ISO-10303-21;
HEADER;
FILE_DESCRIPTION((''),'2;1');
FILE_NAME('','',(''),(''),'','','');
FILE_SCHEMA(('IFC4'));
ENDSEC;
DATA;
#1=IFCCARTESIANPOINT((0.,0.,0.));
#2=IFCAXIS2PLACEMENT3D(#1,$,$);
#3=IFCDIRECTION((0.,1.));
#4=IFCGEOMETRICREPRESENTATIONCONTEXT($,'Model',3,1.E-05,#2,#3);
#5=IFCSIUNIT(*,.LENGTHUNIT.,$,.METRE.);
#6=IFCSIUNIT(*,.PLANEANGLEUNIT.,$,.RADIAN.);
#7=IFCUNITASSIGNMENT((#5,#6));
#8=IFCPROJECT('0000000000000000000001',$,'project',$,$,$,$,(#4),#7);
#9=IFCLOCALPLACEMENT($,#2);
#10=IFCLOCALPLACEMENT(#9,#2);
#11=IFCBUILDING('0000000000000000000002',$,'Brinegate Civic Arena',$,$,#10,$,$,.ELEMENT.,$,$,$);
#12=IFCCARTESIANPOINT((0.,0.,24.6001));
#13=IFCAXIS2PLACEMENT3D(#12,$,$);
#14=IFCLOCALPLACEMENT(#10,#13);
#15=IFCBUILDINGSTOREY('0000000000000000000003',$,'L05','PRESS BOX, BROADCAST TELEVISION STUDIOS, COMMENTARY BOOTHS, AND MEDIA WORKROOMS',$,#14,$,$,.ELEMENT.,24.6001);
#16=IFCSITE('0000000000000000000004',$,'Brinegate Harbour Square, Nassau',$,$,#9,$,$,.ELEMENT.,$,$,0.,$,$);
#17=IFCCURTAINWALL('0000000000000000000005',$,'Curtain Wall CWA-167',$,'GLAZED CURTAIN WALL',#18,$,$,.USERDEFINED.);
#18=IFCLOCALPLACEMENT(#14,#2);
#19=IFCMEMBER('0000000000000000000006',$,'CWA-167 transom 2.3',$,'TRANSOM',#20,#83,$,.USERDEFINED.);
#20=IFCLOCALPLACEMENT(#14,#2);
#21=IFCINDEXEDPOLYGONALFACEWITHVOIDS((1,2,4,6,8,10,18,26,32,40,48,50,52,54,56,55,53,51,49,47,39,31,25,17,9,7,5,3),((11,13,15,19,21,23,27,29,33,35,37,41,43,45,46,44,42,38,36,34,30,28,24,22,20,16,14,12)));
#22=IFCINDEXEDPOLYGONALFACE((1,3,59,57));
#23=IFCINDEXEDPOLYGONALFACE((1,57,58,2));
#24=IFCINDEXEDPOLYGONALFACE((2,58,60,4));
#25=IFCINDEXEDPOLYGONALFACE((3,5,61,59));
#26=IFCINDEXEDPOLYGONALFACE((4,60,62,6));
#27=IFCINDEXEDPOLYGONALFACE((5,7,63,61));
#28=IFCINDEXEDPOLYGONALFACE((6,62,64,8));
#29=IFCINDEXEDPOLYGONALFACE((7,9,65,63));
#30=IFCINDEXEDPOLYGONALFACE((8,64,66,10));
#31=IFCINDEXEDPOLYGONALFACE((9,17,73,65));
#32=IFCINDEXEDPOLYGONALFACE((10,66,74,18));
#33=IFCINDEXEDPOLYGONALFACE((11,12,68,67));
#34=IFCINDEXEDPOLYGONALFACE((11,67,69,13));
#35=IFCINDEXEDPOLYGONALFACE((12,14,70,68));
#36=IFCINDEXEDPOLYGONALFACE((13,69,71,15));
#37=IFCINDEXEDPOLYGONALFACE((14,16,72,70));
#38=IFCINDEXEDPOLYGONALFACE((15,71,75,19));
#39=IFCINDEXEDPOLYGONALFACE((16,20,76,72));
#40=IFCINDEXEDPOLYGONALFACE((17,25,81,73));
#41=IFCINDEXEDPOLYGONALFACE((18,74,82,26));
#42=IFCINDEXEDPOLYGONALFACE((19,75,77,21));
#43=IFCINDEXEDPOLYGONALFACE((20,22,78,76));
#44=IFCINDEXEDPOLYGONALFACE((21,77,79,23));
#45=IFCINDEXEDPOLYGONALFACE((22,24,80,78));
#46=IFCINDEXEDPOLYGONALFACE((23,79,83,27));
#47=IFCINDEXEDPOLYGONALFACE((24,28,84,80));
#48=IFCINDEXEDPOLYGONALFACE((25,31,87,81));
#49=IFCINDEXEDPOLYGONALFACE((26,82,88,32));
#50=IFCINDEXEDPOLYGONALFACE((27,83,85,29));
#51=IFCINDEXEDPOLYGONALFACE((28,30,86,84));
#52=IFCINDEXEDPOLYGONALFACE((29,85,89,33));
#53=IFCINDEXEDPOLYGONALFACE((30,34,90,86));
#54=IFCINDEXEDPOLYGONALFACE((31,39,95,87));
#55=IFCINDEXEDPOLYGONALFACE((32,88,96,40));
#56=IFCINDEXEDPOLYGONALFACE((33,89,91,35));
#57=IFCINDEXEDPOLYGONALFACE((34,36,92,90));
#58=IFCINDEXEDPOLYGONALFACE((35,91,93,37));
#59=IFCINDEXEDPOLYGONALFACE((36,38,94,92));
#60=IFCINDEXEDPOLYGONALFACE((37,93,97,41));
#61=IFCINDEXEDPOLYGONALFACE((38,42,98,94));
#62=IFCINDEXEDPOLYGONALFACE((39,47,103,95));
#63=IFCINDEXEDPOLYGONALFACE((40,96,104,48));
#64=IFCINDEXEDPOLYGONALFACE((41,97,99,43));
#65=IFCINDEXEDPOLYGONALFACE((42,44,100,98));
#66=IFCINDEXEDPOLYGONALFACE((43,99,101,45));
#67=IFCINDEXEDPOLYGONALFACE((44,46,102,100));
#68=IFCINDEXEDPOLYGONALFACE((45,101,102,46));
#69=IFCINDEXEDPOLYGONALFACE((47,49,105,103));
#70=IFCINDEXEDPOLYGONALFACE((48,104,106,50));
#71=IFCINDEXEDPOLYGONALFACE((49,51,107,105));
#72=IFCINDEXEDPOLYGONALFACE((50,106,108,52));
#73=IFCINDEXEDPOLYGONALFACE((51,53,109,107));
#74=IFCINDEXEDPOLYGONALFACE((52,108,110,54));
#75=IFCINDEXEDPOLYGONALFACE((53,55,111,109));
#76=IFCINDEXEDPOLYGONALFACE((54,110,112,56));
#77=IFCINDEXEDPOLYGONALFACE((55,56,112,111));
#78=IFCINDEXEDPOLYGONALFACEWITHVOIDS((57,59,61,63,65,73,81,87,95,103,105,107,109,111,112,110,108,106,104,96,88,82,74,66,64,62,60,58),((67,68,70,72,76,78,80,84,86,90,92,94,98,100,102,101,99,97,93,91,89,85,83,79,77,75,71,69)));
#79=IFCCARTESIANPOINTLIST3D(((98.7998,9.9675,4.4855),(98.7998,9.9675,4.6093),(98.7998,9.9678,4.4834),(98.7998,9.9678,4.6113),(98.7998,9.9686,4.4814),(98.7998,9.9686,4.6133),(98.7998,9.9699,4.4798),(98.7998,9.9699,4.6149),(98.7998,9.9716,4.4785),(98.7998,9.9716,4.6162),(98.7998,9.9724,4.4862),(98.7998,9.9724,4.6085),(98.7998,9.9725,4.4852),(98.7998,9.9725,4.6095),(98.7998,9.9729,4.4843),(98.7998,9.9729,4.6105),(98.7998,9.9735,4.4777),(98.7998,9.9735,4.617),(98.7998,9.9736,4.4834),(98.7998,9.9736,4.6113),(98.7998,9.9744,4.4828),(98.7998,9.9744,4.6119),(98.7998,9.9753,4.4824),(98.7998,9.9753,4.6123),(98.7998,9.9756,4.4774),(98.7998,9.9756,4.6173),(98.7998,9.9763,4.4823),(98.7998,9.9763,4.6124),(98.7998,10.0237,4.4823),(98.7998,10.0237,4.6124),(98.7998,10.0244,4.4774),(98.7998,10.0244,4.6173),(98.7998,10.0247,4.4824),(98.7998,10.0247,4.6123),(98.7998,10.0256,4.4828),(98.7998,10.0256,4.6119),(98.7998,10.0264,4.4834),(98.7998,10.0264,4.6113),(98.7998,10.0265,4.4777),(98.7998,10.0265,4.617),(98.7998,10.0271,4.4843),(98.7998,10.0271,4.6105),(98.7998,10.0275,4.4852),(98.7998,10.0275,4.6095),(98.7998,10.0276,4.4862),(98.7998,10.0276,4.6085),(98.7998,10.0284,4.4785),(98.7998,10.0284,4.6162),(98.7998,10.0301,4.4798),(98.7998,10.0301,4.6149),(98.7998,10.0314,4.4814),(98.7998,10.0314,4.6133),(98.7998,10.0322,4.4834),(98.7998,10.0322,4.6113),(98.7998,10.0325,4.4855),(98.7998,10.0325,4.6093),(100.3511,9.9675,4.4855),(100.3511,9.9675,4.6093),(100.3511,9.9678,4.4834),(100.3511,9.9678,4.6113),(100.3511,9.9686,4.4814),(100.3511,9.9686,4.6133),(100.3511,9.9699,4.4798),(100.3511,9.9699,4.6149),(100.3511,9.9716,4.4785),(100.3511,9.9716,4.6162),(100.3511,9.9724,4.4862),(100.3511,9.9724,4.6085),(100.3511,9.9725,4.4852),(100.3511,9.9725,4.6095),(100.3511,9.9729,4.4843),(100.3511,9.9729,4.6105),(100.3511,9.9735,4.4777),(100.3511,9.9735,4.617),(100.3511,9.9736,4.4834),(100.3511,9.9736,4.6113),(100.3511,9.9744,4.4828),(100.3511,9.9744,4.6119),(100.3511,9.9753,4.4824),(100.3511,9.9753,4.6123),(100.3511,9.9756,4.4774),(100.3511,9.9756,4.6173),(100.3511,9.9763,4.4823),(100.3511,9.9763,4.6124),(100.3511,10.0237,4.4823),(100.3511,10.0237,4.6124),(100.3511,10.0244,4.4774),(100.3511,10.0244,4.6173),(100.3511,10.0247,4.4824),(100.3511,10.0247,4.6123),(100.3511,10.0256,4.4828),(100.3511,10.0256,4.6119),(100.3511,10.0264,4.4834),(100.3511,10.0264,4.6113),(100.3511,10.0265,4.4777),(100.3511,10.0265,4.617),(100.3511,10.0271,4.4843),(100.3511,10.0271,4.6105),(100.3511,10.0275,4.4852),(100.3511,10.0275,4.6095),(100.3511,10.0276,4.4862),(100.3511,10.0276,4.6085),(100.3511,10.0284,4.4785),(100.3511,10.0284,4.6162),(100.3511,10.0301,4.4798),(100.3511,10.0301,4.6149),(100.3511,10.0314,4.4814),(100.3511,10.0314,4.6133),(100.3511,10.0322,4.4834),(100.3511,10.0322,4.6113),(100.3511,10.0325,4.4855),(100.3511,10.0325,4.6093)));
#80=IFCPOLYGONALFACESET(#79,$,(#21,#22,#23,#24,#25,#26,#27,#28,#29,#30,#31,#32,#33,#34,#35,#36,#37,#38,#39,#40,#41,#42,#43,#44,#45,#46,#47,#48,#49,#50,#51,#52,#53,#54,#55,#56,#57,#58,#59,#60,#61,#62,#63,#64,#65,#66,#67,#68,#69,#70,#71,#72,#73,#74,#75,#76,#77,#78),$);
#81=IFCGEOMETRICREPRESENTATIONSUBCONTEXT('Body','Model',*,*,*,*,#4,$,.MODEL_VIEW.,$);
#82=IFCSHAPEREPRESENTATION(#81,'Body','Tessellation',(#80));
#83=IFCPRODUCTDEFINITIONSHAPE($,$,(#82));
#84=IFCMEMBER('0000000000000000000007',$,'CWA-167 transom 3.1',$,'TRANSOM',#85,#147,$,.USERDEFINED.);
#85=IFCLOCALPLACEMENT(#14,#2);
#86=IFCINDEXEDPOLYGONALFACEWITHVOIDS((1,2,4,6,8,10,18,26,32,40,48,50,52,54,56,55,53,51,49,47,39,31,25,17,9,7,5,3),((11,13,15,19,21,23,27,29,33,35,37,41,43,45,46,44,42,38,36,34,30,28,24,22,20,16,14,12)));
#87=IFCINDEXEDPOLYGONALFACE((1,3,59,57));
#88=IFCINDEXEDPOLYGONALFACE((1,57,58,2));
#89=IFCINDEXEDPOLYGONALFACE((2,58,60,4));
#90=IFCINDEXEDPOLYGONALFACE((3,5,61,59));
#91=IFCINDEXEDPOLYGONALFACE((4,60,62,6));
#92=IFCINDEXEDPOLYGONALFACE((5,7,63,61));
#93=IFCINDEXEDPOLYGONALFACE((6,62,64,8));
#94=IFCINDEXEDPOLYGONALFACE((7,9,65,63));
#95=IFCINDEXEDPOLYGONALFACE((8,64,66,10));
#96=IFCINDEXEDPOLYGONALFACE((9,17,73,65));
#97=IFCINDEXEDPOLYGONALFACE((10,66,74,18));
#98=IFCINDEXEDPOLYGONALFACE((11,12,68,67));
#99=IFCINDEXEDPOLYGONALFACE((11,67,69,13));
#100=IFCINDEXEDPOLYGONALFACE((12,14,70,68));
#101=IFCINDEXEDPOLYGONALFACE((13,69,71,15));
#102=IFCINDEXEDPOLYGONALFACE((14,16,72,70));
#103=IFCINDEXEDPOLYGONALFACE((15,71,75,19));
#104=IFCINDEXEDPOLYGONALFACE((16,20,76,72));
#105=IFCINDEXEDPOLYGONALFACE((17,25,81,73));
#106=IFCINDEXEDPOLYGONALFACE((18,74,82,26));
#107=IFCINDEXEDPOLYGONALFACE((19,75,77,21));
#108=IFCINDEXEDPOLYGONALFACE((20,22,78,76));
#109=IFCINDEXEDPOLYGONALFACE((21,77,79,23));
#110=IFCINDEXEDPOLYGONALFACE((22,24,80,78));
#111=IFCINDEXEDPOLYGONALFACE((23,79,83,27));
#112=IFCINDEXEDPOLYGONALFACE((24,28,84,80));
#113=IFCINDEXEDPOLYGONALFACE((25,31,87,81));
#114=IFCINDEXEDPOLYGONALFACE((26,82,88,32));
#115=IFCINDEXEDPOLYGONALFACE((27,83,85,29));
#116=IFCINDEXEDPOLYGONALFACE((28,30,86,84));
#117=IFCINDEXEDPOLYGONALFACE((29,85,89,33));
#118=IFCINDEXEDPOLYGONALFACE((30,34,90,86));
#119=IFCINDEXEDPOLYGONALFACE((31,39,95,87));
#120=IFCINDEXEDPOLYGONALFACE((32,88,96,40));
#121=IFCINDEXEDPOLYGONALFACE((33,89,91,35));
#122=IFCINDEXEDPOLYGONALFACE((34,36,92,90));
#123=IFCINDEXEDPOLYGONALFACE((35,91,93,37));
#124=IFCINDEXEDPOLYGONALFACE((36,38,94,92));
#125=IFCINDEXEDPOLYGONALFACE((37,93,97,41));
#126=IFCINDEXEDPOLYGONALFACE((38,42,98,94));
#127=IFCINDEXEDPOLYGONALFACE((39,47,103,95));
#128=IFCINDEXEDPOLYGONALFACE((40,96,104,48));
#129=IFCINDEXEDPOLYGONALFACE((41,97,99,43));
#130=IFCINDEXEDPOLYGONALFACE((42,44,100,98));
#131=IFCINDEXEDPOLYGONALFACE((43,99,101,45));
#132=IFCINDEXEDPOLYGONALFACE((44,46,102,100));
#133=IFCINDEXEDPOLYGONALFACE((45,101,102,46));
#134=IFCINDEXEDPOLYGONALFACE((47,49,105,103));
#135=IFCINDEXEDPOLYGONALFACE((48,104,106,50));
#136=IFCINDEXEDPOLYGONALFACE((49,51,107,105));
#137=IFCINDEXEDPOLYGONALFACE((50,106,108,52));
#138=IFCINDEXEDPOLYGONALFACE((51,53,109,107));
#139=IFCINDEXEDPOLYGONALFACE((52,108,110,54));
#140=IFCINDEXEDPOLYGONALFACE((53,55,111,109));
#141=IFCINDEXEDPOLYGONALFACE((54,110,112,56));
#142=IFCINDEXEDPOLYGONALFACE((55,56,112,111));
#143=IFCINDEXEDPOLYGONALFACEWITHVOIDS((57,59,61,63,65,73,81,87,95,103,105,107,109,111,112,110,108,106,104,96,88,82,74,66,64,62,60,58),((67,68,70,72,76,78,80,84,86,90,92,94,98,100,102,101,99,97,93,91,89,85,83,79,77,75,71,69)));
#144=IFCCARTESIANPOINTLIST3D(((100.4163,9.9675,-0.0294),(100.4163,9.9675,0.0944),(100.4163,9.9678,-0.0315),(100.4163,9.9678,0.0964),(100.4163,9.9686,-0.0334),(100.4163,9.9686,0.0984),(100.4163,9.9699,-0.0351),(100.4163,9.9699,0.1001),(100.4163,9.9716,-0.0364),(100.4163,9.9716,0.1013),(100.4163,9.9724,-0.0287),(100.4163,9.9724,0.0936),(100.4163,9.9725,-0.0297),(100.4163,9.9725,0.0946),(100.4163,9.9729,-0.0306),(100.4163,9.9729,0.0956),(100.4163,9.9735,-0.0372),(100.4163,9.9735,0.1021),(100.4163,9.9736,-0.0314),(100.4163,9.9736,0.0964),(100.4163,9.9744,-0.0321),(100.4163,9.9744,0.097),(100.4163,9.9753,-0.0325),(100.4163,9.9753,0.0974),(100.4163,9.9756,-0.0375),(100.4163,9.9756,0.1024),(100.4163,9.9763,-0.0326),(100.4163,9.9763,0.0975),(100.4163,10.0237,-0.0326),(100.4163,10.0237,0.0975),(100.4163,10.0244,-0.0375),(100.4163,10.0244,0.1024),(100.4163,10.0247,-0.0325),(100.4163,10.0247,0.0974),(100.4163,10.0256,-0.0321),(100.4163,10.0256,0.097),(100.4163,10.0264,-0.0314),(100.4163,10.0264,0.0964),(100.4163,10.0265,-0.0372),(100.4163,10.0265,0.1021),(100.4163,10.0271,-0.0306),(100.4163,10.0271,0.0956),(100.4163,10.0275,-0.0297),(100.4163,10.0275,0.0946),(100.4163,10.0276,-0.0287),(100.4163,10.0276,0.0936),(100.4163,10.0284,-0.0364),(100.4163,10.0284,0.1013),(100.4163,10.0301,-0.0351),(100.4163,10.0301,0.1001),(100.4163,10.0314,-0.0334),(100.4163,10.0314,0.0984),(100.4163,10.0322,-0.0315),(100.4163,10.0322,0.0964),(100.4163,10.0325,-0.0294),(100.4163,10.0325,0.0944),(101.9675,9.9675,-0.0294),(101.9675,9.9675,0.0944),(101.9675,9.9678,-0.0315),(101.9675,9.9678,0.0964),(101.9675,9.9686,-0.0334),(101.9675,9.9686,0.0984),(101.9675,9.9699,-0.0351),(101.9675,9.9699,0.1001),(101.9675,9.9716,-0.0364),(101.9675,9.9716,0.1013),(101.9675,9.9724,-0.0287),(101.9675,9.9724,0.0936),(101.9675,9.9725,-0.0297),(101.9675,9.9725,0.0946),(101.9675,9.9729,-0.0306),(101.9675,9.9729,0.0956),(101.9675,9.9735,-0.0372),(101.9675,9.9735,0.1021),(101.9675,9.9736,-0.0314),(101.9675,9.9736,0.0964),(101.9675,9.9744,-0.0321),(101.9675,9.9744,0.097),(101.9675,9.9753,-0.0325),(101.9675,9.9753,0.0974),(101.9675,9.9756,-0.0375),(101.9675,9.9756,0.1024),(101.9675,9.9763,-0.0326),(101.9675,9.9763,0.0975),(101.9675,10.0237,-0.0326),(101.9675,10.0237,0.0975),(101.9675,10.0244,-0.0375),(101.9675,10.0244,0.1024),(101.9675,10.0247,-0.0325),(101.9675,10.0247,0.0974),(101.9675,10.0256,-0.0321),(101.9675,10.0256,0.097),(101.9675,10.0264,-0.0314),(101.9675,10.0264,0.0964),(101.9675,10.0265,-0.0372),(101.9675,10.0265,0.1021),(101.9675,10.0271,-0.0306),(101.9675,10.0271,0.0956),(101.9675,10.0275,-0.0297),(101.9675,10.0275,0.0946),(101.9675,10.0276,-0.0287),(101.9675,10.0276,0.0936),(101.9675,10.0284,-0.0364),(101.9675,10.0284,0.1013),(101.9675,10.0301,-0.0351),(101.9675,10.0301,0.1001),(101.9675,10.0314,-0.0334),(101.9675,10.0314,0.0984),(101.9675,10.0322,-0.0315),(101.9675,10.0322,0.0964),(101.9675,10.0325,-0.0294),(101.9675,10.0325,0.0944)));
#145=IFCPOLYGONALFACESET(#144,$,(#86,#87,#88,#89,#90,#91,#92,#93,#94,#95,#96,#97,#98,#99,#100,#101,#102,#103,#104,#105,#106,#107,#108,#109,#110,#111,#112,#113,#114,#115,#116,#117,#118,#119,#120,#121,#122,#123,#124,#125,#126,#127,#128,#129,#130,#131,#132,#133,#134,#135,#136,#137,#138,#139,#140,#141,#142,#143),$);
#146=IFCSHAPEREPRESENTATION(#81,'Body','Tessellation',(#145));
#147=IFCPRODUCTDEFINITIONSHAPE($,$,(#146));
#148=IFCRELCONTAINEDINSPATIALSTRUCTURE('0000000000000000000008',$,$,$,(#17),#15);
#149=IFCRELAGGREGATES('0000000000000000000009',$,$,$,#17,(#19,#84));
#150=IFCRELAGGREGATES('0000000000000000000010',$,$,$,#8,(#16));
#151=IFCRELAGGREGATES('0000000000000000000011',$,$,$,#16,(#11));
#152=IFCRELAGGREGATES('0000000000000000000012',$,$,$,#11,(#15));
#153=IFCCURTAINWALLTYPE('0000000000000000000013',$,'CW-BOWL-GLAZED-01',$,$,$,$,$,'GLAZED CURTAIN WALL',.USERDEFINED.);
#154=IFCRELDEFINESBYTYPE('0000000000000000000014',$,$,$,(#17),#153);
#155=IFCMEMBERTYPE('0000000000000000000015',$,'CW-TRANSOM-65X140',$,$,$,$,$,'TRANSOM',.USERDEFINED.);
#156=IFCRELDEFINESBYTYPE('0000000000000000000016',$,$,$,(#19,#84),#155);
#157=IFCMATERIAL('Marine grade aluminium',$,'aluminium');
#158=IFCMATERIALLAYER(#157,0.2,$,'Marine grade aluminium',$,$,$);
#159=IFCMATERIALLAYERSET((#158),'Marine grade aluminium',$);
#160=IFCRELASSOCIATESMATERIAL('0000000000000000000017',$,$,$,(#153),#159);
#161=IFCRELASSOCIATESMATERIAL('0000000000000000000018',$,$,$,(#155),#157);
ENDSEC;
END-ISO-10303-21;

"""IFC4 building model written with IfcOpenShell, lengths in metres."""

from ifc_helpers import new_model, si_unit, direction, frame, origin, origin_2d, place, context, subcontext, project, spatial, hollow_rectangle, extrude, material, layer, layer_set, material_profile, profile_set, type_object, element, aggregate, save


model = new_model("IFC4")

# Units and contexts
model_context = context("Model", 3, precision=1e-05, world=origin(), true_north=direction((0.0, 1.0)))
body_context = subcontext(model_context, "Body", "Model", "MODEL_VIEW")
ifc_project = project(units=[si_unit("LENGTHUNIT", "METRE"), si_unit("PLANEANGLEUNIT", "RADIAN")], contexts=[model_context])

# Site, building, storey
site_placement = place(None, origin())
site = spatial("IfcSite", under=ifc_project, at=site_placement, Name="Brinegate Harbour Square, Nassau", CompositionType="ELEMENT", RefElevation=0.0)
building_placement = place(site_placement, origin())
building = spatial("IfcBuilding", under=site, at=building_placement, Name="Brinegate Civic Arena", CompositionType="ELEMENT")
storey_placement = place(building_placement, frame((0.0, 0.0, 24.6001)))
storey = spatial("IfcBuildingStorey", under=building, at=storey_placement, Name="L05", Description="PRESS BOX, BROADCAST TELEVISION STUDIOS, COMMENTARY BOOTHS, AND MEDIA WORKROOMS", CompositionType="ELEMENT", Elevation=24.6001)

# Curtain wall, members
ifc_material_1 = material(Name="Marine grade aluminium", Category="aluminium")
ifc_layer_1 = layer(ifc_material_1, 0.2, Name="Marine grade aluminium")
ifc_layer_set_1 = layer_set([ifc_layer_1], Name="Marine grade aluminium")
curtain_wall_type = type_object("IfcCurtainWallType", Name="CW-BOWL-GLAZED-01", ElementType="GLAZED CURTAIN WALL", PredefinedType="USERDEFINED", material=ifc_layer_set_1)
curtain_wall_placement = place(storey_placement, origin())
curtain_wall = element("IfcCurtainWall", 1, at=curtain_wall_placement, inside=storey, type_object=curtain_wall_type, Name="Curtain Wall CWA-167", ObjectType="GLAZED CURTAIN WALL", PredefinedType="USERDEFINED")
ifc_material_profile_1 = material_profile(ifc_material_1, hollow_rectangle(XDim=0.0649, YDim=0.1399, WallThickness=0.0049, InnerFilletRadius=0.0039, OuterFilletRadius=0.0081, at=origin_2d()), Name="TRN65X140")
ifc_profile_set_1 = profile_set([ifc_material_profile_1], Name="Marine grade aluminium")
member_type_1 = type_object("IfcMemberType", Name="CW-TRANSOM-65X140", ElementType="TRANSOM", PredefinedType="USERDEFINED", material=ifc_profile_set_1)
member_1_placement = place(storey_placement, frame((98.7998, 10.0, 4.5474), z_axis=(1.0, 0.0, 0.0), x_axis=(0.0, 1.0, 0.0)))
member_1 = element("IfcMember", 2, at=member_1_placement, type_object=member_type_1, Name="CWA-167 transom 2.3", ObjectType="TRANSOM", PredefinedType="USERDEFINED", context=body_context, shape_type="SweptSolid", body=[
    extrude(hollow_rectangle(XDim=0.0649, YDim=0.1399, WallThickness=0.0049, InnerFilletRadius=0.0039, OuterFilletRadius=0.0081, at=origin_2d()), origin(), (0.0, 0.0, 1.0), 1.5513),
])
member_2_placement = place(storey_placement, frame((100.4163, 10.0, 0.0325), z_axis=(1.0, 0.0, 0.0), x_axis=(0.0, 1.0, 0.0)))
member_2 = element("IfcMember", 3, at=member_2_placement, type_object=member_type_1, Name="CWA-167 transom 3.1", ObjectType="TRANSOM", PredefinedType="USERDEFINED", context=body_context, shape_type="SweptSolid", body=[
    extrude(hollow_rectangle(XDim=0.0649, YDim=0.1399, WallThickness=0.0049, InnerFilletRadius=0.0039, OuterFilletRadius=0.0081, at=origin_2d()), origin(), (0.0, 0.0, 1.0), 1.5513),
])
aggregate(curtain_wall, [member_1, member_2])

save(model, "model.ifc")
